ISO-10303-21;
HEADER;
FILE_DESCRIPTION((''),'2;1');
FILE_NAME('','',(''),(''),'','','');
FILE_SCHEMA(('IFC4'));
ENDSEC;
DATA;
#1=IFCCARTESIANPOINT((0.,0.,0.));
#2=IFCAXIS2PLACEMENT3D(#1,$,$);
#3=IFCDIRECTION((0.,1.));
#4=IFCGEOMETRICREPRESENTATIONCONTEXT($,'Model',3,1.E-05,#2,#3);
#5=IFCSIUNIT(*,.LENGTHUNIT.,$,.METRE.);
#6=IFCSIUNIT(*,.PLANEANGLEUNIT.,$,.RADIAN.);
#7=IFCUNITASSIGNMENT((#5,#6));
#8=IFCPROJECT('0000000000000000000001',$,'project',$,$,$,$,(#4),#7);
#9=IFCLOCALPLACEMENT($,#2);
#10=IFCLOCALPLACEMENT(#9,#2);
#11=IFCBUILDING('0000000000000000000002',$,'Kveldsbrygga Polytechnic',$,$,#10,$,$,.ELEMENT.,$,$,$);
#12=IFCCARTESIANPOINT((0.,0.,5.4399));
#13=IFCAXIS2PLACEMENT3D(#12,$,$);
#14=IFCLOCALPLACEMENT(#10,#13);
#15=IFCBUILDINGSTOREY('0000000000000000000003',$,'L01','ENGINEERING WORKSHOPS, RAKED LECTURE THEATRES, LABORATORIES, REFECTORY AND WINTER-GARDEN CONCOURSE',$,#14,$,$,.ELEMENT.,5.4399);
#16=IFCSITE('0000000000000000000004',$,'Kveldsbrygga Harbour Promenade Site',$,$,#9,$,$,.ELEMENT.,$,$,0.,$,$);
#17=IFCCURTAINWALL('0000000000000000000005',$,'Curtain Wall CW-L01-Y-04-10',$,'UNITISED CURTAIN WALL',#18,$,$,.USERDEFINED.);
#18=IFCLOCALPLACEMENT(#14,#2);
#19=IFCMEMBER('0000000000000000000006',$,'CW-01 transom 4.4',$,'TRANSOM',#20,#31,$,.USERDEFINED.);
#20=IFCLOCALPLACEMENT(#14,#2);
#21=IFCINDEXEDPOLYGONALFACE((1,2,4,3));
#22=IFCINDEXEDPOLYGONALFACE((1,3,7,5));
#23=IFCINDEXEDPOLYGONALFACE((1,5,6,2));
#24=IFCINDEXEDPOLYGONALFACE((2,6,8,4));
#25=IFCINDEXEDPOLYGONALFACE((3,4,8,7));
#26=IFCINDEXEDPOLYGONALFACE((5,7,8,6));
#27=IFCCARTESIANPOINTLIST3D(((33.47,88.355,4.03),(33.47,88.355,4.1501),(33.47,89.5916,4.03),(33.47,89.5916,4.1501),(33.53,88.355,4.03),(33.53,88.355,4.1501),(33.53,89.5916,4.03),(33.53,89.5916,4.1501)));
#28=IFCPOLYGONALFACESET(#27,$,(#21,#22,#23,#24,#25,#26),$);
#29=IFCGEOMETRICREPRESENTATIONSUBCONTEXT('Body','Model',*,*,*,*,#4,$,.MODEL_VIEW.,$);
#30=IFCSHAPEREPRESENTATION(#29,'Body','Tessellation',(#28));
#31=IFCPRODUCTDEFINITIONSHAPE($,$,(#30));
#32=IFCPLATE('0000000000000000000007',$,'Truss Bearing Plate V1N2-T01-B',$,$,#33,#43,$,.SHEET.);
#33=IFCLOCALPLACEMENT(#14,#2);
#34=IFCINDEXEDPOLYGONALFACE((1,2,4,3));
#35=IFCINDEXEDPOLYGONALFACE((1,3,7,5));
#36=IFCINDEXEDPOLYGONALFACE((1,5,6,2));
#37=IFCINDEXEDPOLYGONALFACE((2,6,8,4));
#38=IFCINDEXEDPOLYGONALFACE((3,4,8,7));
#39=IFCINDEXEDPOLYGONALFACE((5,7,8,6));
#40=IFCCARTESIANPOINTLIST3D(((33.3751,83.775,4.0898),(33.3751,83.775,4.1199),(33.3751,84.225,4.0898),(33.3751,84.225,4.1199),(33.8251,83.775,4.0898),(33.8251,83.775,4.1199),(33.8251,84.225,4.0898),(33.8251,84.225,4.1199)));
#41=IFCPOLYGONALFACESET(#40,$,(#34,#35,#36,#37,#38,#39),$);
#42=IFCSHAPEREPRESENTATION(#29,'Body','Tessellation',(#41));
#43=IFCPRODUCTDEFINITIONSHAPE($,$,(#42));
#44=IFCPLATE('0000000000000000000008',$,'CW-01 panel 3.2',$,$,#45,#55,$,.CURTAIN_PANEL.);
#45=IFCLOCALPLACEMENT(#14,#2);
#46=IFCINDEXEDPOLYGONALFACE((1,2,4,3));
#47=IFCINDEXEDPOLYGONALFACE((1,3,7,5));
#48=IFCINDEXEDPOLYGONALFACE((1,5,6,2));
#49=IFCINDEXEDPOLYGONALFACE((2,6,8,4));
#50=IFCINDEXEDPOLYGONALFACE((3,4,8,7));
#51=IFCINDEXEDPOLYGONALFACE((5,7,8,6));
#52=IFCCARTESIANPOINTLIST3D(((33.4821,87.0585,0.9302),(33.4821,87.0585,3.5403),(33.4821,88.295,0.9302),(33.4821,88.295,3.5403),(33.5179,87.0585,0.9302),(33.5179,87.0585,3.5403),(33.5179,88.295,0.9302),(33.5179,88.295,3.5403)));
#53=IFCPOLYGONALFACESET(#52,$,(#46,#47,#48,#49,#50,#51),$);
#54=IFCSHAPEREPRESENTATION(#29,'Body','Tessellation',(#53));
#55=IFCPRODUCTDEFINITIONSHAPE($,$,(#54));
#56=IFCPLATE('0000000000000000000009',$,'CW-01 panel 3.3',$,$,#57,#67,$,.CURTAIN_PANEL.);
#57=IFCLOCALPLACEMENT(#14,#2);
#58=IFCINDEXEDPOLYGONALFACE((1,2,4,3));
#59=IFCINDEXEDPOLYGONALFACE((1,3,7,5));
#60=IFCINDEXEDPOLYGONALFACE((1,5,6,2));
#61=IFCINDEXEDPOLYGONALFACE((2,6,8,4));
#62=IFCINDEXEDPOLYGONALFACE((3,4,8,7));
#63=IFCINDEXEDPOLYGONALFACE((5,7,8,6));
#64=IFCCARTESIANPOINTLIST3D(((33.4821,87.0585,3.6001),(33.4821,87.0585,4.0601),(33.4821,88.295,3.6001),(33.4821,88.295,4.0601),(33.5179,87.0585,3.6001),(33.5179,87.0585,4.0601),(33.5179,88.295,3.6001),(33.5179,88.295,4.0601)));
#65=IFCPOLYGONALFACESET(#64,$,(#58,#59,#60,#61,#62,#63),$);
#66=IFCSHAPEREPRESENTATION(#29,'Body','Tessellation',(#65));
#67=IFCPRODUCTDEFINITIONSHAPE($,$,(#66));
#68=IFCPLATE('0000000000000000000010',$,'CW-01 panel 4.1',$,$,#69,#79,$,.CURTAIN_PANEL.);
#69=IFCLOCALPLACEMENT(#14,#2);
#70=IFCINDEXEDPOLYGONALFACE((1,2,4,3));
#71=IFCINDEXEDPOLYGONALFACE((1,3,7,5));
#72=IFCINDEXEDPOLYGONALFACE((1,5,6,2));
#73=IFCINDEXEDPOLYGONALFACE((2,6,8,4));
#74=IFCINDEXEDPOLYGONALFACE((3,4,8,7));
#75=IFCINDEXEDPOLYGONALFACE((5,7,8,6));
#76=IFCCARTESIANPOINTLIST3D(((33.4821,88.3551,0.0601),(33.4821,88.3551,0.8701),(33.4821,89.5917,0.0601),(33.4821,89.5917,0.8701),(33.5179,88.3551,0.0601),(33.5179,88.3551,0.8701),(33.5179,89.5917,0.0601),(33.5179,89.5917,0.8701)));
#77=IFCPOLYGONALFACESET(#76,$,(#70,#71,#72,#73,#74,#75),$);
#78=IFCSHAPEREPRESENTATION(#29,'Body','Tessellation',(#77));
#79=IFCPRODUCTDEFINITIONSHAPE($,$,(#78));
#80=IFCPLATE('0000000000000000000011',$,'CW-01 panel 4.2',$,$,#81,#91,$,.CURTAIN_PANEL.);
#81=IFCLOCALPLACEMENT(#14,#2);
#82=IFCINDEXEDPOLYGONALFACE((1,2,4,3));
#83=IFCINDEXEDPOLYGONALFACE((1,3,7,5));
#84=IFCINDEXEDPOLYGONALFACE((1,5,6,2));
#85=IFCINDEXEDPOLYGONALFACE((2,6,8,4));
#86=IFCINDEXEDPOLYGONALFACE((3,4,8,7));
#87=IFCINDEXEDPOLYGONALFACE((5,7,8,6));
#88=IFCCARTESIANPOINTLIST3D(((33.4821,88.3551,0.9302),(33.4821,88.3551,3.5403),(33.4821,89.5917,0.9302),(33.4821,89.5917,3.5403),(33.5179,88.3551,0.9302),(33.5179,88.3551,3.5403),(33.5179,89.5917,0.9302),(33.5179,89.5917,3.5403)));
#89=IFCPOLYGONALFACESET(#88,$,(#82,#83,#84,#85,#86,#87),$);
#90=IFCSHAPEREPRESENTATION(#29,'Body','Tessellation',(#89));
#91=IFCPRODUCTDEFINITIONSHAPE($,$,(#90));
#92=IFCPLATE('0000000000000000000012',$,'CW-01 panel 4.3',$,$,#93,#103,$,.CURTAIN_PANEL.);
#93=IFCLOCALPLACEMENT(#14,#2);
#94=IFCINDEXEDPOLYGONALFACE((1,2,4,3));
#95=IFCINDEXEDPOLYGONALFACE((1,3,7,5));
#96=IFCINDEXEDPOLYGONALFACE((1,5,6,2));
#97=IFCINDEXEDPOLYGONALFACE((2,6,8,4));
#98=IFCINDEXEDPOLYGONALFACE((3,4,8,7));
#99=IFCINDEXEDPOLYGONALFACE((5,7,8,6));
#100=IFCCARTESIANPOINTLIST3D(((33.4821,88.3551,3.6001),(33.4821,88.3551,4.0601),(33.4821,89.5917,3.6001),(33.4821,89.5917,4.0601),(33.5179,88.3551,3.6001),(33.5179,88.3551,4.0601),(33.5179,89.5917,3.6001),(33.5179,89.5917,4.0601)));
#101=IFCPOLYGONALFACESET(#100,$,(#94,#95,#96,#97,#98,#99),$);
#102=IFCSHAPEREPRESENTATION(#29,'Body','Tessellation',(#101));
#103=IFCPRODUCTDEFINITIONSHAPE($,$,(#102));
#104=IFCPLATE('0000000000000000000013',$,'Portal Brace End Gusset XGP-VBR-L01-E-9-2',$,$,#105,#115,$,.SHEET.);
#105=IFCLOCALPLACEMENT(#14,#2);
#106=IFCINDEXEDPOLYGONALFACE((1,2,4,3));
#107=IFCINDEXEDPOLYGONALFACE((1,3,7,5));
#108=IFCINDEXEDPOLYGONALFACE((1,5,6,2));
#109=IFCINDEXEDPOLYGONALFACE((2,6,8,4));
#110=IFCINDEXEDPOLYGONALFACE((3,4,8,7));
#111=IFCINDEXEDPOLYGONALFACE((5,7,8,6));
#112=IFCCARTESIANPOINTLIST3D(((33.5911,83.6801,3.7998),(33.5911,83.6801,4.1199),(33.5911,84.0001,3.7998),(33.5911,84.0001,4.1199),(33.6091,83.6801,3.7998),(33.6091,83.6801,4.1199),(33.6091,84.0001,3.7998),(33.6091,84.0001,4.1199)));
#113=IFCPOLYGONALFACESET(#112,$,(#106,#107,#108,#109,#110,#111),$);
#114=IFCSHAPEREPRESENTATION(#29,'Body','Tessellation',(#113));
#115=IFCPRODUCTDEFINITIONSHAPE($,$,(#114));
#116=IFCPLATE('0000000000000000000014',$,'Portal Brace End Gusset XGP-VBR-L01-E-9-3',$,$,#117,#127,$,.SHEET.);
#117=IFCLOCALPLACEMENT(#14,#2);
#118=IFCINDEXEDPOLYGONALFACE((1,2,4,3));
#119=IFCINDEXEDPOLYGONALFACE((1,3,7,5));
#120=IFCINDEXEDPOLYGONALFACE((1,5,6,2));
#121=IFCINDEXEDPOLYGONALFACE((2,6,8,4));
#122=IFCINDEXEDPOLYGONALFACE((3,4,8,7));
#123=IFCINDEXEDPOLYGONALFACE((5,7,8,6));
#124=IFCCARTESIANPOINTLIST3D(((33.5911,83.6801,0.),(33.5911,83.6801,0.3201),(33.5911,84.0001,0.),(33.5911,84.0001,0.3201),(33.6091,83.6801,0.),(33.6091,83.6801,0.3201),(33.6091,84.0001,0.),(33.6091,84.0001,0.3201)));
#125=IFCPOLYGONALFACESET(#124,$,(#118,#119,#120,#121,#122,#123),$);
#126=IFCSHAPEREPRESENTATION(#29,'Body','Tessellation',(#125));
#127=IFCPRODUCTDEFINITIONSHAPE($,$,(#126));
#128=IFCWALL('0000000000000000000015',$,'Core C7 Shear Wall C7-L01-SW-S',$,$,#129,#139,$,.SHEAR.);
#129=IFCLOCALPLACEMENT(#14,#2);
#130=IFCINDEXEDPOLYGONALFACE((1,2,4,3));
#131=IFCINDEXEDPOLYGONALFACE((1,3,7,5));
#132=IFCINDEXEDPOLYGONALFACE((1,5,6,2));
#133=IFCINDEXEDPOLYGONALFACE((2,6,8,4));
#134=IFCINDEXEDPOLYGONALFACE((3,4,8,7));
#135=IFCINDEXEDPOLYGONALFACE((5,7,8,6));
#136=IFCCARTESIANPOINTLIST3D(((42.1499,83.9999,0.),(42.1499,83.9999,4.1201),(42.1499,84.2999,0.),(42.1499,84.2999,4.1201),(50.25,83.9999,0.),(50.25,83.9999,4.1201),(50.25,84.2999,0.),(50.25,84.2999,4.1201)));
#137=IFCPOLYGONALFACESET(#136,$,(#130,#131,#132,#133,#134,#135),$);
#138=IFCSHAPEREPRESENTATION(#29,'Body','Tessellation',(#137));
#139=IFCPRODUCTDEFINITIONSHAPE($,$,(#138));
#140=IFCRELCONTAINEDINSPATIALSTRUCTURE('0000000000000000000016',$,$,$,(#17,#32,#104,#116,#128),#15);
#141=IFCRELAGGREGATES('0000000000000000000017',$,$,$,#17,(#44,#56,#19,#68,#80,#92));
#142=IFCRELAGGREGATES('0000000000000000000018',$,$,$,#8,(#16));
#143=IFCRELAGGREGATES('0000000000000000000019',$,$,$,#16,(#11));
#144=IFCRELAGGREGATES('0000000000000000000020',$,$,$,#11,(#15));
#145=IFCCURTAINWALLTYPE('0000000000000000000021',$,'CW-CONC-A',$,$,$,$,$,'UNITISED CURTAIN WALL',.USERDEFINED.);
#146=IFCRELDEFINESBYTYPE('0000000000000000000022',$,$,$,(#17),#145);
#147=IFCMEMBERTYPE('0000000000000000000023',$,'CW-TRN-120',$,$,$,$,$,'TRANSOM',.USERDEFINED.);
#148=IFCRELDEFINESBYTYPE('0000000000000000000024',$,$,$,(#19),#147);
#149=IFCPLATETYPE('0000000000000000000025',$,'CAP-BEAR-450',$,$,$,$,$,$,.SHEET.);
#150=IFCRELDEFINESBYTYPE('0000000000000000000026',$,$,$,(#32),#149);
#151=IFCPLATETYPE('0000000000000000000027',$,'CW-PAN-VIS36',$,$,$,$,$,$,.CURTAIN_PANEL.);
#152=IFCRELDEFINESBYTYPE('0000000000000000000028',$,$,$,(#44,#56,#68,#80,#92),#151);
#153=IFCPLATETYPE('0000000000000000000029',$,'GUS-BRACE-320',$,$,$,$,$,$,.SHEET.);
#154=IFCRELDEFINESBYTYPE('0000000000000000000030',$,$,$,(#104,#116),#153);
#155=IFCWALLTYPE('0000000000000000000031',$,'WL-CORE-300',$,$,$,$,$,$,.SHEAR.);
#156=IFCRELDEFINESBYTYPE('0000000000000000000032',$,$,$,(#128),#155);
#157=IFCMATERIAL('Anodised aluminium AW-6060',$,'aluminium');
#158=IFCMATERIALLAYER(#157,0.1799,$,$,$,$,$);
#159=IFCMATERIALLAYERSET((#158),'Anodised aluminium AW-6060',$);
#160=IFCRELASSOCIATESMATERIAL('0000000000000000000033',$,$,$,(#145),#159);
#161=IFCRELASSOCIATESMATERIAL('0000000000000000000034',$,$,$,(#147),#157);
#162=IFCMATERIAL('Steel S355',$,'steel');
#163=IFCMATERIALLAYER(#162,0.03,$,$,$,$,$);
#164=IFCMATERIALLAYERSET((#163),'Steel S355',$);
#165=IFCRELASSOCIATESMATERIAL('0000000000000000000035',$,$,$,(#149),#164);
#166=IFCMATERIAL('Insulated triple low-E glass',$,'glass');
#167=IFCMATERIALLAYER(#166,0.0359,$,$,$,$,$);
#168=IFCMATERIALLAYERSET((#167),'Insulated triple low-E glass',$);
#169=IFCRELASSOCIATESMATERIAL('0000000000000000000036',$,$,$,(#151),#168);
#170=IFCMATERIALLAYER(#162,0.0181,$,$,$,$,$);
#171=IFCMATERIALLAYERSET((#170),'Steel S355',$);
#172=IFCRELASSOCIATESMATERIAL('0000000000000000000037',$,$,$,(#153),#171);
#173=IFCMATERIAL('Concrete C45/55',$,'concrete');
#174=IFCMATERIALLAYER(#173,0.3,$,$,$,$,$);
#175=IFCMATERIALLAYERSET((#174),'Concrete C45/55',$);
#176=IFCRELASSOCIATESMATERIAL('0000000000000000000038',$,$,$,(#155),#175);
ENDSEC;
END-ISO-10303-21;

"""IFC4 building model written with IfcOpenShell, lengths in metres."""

from ifc_helpers import new_model, si_unit, direction, frame, frame_2d, origin, origin_2d, place, context, subcontext, project, spatial, rectangle, extrude, material, layer, layer_set, material_profile, profile_set, type_object, element, aggregate, save


model = new_model("IFC4")

# Units and contexts
model_context = context("Model", 3, precision=1e-05, world=origin(), true_north=direction((0.0, 1.0)))
body_context = subcontext(model_context, "Body", "Model", "MODEL_VIEW")
ifc_project = project(units=[si_unit("LENGTHUNIT", "METRE"), si_unit("PLANEANGLEUNIT", "RADIAN")], contexts=[model_context])

# Site, building, storey
site_placement = place(None, origin())
site = spatial("IfcSite", under=ifc_project, at=site_placement, Name="Kveldsbrygga Harbour Promenade Site", CompositionType="ELEMENT", RefElevation=0.0)
building_placement = place(site_placement, origin())
building = spatial("IfcBuilding", under=site, at=building_placement, Name="Kveldsbrygga Polytechnic", CompositionType="ELEMENT")
storey_placement = place(building_placement, frame((0.0, 0.0, 5.4399)))
storey = spatial("IfcBuildingStorey", under=building, at=storey_placement, Name="L01", Description="ENGINEERING WORKSHOPS, RAKED LECTURE THEATRES, LABORATORIES, REFECTORY AND WINTER-GARDEN CONCOURSE", CompositionType="ELEMENT", Elevation=5.4399)

# Shared definitions
ifc_material_1 = material(Name="Concrete C45/55", Category="concrete")

# Shared definitions
ifc_material_2 = material(Name="Steel S355", Category="steel")

# Curtain wall, member
ifc_material_3 = material(Name="Anodised aluminium AW-6060", Category="aluminium")
ifc_layer_1 = layer(ifc_material_3, 0.1799)
ifc_layer_set_1 = layer_set([ifc_layer_1], Name="Anodised aluminium AW-6060")
curtain_wall_type = type_object("IfcCurtainWallType", Name="CW-CONC-A", ElementType="UNITISED CURTAIN WALL", PredefinedType="USERDEFINED", material=ifc_layer_set_1)
curtain_wall_placement = place(storey_placement, origin())
curtain_wall = element("IfcCurtainWall", 1, at=curtain_wall_placement, inside=storey, type_object=curtain_wall_type, Name="Curtain Wall CW-L01-Y-04-10", ObjectType="UNITISED CURTAIN WALL", PredefinedType="USERDEFINED")
ifc_material_profile_1 = material_profile(ifc_material_3, rectangle(XDim=0.0601, YDim=0.1201, at=origin_2d()), Name="ALU 60x120")
ifc_profile_set_1 = profile_set([ifc_material_profile_1], Name="Anodised aluminium AW-6060")
member_type_1 = type_object("IfcMemberType", Name="CW-TRN-120", ElementType="TRANSOM", PredefinedType="USERDEFINED", material=ifc_profile_set_1)
member_1_placement = place(storey_placement, frame((33.5, 88.355, 4.0901), z_axis=(0.0, 1.0, 0.0), x_axis=(-1.0, 0.0, 0.0)))
member_1 = element("IfcMember", 2, at=member_1_placement, type_object=member_type_1, Name="CW-01 transom 4.4", ObjectType="TRANSOM", PredefinedType="USERDEFINED", context=body_context, shape_type="SweptSolid", body=[
    extrude(rectangle(XDim=0.0601, YDim=0.1201, at=origin_2d()), origin(), (0.0, 0.0, 1.0), 1.2366),
])

# Plates
ifc_layer_2 = layer(ifc_material_2, 0.03)
ifc_layer_set_2 = layer_set([ifc_layer_2], Name="Steel S355")
plate_type_1 = type_object("IfcPlateType", Name="CAP-BEAR-450", PredefinedType="SHEET", material=ifc_layer_set_2)
plate_1_placement = place(storey_placement, frame((33.6001, 84.0, 4.0898), z_axis=(0.0, 0.0, 1.0), x_axis=(1.0, 0.0, 0.0)))
element("IfcPlate", 3, at=plate_1_placement, inside=storey, type_object=plate_type_1, Name="Truss Bearing Plate V1N2-T01-B", PredefinedType="SHEET", context=body_context, shape_type="SweptSolid", body=[
    extrude(rectangle(XDim=0.45, YDim=0.45, at=origin_2d()), origin(), (0.0, 0.0, 1.0), 0.03),
])
ifc_material_4 = material(Name="Insulated triple low-E glass", Category="glass")
ifc_layer_3 = layer(ifc_material_4, 0.0359)
ifc_layer_set_3 = layer_set([ifc_layer_3], Name="Insulated triple low-E glass")
plate_type_2 = type_object("IfcPlateType", Name="CW-PAN-VIS36", PredefinedType="CURTAIN_PANEL", material=ifc_layer_set_3)
plate_2_placement = place(storey_placement, frame((33.5, 87.6768, 0.9302), z_axis=(0.0, 0.0, 1.0), x_axis=(0.0, 1.0, 0.0)))
plate_2 = element("IfcPlate", 4, at=plate_2_placement, type_object=plate_type_2, Name="CW-01 panel 3.2", PredefinedType="CURTAIN_PANEL", context=body_context, shape_type="SweptSolid", body=[
    extrude(rectangle(XDim=1.2366, YDim=0.0359, at=origin_2d()), origin(), (0.0, 0.0, 1.0), 2.6101),
])
plate_3_placement = place(storey_placement, frame((33.5, 87.6768, 3.6001), z_axis=(0.0, 0.0, 1.0), x_axis=(0.0, 1.0, 0.0)))
plate_3 = element("IfcPlate", 5, at=plate_3_placement, type_object=plate_type_2, Name="CW-01 panel 3.3", PredefinedType="CURTAIN_PANEL", context=body_context, shape_type="SweptSolid", body=[
    extrude(rectangle(XDim=1.2366, YDim=0.0359, at=origin_2d()), origin(), (0.0, 0.0, 1.0), 0.46),
])
plate_4_placement = place(storey_placement, frame((33.5, 88.9734, 0.0601), z_axis=(0.0, 0.0, 1.0), x_axis=(0.0, 1.0, 0.0)))
plate_4 = element("IfcPlate", 6, at=plate_4_placement, type_object=plate_type_2, Name="CW-01 panel 4.1", PredefinedType="CURTAIN_PANEL", context=body_context, shape_type="SweptSolid", body=[
    extrude(rectangle(XDim=1.2366, YDim=0.0359, at=origin_2d()), origin(), (0.0, 0.0, 1.0), 0.8101),
])
plate_5_placement = place(storey_placement, frame((33.5, 88.9734, 0.9302), z_axis=(0.0, 0.0, 1.0), x_axis=(0.0, 1.0, 0.0)))
plate_5 = element("IfcPlate", 7, at=plate_5_placement, type_object=plate_type_2, Name="CW-01 panel 4.2", PredefinedType="CURTAIN_PANEL", context=body_context, shape_type="SweptSolid", body=[
    extrude(rectangle(XDim=1.2366, YDim=0.0359, at=origin_2d()), origin(), (0.0, 0.0, 1.0), 2.6101),
])
plate_6_placement = place(storey_placement, frame((33.5, 88.9734, 3.6001), z_axis=(0.0, 0.0, 1.0), x_axis=(0.0, 1.0, 0.0)))
plate_6 = element("IfcPlate", 8, at=plate_6_placement, type_object=plate_type_2, Name="CW-01 panel 4.3", PredefinedType="CURTAIN_PANEL", context=body_context, shape_type="SweptSolid", body=[
    extrude(rectangle(XDim=1.2366, YDim=0.0359, at=origin_2d()), origin(), (0.0, 0.0, 1.0), 0.46),
])
aggregate(curtain_wall, [plate_2, plate_3, member_1, plate_4, plate_5, plate_6])

# Plates
ifc_layer_4 = layer(ifc_material_2, 0.0181)
ifc_layer_set_4 = layer_set([ifc_layer_4], Name="Steel S355")
plate_type_3 = type_object("IfcPlateType", Name="GUS-BRACE-320", PredefinedType="SHEET", material=ifc_layer_set_4)
for number, where, z_axis, x_axis, name in (
    (9, (33.6001, 83.8401, 3.7998), (0.0, 0.0, 1.0), (1.0, 0.0, 0.0), "Portal Brace End Gusset XGP-VBR-L01-E-9-2"),
    (10, (33.6001, 83.8401, 0.0), (0.0, 0.0, 1.0), (1.0, 0.0, 0.0), "Portal Brace End Gusset XGP-VBR-L01-E-9-3"),
):
    element("IfcPlate", number, at=place(storey_placement, frame(where, z_axis=z_axis, x_axis=x_axis)), inside=storey, type_object=plate_type_3, Name=name, PredefinedType="SHEET", context=body_context, shape_type="SweptSolid", body=[
        extrude(rectangle(XDim=0.0181, YDim=0.3201, at=origin_2d()), origin(), (0.0, 0.0, 1.0), 0.3201),
    ])

# Wall
ifc_layer_5 = layer(ifc_material_1, 0.3)
ifc_layer_set_5 = layer_set([ifc_layer_5], Name="Concrete C45/55")
wall_type = type_object("IfcWallType", Name="WL-CORE-300", PredefinedType="SHEAR", material=ifc_layer_set_5)
wall_placement = place(storey_placement, frame((42.1499, 84.1499, 0.0), z_axis=(0.0, 0.0, 1.0), x_axis=(1.0, 0.0, 0.0)))
element("IfcWall", 11, at=wall_placement, inside=storey, type_object=wall_type, Name="Core C7 Shear Wall C7-L01-SW-S", PredefinedType="SHEAR", context=body_context, shape_type="SweptSolid", body=[
    extrude(rectangle(XDim=8.1001, YDim=0.3, at=frame_2d((4.05, 0.0))), origin(), (0.0, 0.0, 1.0), 4.1201),
])

save(model, "model.ifc")
